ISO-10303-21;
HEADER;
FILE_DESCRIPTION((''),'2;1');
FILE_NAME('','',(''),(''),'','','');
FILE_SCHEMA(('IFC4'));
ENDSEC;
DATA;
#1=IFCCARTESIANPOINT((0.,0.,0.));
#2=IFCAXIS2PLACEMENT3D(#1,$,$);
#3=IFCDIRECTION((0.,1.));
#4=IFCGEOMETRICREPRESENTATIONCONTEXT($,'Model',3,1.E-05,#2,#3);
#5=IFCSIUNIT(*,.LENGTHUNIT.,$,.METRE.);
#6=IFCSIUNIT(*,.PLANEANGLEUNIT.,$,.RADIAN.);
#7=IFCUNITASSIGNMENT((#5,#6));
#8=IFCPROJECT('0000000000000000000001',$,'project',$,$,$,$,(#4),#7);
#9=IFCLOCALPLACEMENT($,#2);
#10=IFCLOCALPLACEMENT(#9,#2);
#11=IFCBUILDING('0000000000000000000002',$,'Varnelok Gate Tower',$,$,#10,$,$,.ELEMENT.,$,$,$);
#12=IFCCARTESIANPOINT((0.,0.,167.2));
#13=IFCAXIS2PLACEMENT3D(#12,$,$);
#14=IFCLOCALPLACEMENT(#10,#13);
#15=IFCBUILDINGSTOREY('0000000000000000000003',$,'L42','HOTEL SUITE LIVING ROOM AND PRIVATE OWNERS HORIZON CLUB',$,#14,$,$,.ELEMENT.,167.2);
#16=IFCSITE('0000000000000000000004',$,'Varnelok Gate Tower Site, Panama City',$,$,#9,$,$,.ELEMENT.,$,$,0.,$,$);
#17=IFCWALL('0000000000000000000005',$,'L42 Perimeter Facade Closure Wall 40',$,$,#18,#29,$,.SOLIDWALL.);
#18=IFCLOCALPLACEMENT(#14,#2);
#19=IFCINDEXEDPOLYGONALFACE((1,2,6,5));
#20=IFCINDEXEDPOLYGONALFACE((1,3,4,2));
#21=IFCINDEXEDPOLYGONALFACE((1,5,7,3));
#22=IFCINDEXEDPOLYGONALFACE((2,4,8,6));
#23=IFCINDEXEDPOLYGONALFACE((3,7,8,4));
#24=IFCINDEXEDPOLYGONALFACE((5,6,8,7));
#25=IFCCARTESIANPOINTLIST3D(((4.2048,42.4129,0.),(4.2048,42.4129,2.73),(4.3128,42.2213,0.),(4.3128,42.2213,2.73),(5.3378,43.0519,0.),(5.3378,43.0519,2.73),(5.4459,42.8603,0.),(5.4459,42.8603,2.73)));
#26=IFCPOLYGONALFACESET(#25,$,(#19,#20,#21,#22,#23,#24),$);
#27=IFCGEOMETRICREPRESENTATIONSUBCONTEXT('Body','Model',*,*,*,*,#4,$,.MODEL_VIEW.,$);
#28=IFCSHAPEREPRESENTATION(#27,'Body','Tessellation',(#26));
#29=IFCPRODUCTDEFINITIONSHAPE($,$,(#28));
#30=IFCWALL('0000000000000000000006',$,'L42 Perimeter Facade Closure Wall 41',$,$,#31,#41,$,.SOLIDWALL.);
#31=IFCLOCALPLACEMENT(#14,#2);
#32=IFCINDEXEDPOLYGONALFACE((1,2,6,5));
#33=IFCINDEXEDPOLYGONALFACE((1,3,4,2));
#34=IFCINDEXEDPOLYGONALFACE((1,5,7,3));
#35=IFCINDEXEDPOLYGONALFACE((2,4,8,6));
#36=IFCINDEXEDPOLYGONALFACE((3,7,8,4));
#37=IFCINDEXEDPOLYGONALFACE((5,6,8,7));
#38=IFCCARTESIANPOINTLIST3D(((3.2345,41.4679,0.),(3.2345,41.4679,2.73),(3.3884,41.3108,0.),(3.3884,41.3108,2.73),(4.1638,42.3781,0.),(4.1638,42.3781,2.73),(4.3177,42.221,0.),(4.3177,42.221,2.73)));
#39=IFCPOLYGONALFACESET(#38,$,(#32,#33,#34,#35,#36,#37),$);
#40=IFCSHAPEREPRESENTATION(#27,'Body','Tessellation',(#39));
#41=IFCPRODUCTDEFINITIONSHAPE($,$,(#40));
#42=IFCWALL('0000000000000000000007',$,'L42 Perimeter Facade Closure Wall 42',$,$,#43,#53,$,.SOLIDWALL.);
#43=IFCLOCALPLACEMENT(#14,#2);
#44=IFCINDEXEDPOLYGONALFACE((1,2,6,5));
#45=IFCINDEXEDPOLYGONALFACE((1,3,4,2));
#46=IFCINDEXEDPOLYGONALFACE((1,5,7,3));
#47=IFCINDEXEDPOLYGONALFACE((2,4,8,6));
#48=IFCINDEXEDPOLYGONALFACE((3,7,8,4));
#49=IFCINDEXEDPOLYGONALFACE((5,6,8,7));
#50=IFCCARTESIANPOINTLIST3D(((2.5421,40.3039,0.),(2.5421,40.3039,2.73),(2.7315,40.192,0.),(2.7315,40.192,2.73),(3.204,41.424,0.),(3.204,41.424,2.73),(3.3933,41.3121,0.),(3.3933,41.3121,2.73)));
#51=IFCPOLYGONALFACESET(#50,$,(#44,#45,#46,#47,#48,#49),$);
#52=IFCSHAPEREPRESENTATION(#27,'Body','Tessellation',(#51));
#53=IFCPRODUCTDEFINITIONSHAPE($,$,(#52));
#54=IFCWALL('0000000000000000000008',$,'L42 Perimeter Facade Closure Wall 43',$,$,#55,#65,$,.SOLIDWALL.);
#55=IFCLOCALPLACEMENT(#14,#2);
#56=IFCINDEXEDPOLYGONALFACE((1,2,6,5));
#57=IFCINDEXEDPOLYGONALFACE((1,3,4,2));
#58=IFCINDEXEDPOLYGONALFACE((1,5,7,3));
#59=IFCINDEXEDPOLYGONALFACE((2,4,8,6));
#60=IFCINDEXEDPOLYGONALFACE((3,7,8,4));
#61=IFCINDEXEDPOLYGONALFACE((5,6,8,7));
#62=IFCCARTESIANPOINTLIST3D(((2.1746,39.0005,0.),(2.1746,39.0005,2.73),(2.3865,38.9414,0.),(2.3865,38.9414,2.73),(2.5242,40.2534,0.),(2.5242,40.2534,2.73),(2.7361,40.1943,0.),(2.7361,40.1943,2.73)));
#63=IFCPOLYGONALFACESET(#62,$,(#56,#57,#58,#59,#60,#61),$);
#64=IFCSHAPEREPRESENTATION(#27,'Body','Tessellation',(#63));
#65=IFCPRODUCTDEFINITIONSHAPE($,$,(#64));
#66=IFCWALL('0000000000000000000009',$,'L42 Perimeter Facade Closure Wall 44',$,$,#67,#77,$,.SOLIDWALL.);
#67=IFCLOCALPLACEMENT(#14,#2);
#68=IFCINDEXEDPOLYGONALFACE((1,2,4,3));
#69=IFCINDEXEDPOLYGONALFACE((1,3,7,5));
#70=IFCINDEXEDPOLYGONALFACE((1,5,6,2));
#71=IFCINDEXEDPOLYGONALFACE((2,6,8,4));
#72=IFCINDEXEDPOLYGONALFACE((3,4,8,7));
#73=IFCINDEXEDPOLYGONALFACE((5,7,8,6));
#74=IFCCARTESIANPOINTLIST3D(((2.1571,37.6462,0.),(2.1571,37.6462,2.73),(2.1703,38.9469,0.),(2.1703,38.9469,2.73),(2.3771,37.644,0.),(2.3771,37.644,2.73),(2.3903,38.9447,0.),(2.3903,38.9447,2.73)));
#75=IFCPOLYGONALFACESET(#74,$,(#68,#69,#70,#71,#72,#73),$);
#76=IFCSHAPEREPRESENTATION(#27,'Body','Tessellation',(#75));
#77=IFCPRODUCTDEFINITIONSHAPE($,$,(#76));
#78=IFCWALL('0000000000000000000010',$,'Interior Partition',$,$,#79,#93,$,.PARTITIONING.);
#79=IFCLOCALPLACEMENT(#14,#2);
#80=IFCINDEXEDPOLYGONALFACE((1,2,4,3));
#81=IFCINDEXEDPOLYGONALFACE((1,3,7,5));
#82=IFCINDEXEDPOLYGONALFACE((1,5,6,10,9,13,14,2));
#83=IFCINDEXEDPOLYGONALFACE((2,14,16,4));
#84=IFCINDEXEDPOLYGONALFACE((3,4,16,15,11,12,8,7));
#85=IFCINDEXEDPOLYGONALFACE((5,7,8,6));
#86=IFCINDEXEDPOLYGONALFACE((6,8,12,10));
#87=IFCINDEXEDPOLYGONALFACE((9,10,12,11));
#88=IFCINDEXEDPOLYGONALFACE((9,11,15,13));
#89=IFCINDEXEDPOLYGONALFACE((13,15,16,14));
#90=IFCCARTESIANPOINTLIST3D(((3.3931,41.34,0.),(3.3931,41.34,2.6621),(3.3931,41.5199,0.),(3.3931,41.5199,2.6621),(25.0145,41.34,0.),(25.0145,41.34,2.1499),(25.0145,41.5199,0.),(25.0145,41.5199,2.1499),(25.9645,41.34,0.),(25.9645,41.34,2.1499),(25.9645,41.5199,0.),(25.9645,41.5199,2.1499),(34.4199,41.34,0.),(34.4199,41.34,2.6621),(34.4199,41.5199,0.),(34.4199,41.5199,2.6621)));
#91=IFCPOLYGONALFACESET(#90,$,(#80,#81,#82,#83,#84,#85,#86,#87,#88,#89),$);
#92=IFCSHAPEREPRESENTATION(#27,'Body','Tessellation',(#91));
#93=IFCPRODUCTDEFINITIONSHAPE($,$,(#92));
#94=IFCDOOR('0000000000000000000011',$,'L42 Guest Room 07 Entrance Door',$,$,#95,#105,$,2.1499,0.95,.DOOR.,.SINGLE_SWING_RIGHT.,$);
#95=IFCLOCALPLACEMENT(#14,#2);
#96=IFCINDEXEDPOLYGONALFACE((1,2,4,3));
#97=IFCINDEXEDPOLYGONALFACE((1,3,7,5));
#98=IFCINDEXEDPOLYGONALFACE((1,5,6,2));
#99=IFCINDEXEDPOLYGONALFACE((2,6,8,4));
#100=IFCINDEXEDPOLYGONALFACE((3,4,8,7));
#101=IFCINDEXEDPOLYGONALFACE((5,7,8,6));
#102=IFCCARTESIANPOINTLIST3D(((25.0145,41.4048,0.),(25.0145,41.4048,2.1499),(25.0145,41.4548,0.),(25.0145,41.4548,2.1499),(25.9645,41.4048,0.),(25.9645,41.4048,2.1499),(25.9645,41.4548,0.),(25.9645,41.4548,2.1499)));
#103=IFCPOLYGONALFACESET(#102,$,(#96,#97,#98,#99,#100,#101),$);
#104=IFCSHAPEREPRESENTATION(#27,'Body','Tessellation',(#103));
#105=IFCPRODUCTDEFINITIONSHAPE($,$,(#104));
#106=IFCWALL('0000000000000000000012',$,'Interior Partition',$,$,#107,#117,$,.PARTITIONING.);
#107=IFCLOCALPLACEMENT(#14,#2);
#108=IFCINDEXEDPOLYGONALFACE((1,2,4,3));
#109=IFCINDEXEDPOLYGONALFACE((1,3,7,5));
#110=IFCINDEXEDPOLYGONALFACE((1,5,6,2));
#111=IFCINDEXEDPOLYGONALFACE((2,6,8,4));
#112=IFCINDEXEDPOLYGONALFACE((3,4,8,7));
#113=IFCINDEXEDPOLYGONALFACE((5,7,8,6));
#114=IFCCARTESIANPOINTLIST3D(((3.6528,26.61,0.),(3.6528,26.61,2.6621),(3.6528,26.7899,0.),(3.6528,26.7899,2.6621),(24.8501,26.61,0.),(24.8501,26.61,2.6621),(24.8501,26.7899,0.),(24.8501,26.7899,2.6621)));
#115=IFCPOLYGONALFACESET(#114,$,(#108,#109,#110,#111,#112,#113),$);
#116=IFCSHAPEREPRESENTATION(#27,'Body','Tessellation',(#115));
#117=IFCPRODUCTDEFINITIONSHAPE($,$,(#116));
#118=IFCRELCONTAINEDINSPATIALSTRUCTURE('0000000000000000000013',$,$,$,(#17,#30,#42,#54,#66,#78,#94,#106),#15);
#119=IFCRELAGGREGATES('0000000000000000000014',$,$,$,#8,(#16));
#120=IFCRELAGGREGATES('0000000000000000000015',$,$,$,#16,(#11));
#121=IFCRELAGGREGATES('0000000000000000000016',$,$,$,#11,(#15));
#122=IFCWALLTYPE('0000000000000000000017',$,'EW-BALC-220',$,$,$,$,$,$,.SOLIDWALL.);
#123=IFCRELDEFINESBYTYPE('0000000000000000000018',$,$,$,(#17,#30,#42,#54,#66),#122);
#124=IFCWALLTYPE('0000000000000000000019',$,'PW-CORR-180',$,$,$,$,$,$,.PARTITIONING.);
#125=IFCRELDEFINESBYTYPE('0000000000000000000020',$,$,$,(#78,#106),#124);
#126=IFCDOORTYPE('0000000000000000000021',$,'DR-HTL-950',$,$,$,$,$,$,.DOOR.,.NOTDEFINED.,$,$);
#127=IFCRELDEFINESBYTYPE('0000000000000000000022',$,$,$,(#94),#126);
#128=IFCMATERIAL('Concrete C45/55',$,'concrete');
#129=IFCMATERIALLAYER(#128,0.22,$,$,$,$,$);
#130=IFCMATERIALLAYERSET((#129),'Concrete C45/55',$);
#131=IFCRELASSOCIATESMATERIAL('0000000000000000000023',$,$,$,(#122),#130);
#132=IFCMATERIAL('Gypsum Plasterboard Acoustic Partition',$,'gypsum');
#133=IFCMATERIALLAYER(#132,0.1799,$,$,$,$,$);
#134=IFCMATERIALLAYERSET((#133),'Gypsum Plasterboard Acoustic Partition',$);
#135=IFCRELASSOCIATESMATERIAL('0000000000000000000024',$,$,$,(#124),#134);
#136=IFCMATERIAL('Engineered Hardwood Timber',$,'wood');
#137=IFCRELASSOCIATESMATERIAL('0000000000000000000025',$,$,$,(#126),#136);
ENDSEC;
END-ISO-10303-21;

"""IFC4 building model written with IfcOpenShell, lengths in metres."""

from ifc_helpers import new_model, si_unit, direction, frame, frame_2d, origin, place, context, subcontext, project, spatial, rectangle, extrude, material, layer, layer_set, type_object, element, fill, save


model = new_model("IFC4")

# Units and contexts
model_context = context("Model", 3, precision=1e-05, world=origin(), true_north=direction((0.0, 1.0)))
body_context = subcontext(model_context, "Body", "Model", "MODEL_VIEW")
ifc_project = project(units=[si_unit("LENGTHUNIT", "METRE"), si_unit("PLANEANGLEUNIT", "RADIAN")], contexts=[model_context])

# Site, building, storey
site_placement = place(None, origin())
site = spatial("IfcSite", under=ifc_project, at=site_placement, Name="Varnelok Gate Tower Site, Panama City", CompositionType="ELEMENT", RefElevation=0.0)
building_placement = place(site_placement, origin())
building = spatial("IfcBuilding", under=site, at=building_placement, Name="Varnelok Gate Tower", CompositionType="ELEMENT")
storey_placement = place(building_placement, frame((0.0, 0.0, 167.2)))
storey = spatial("IfcBuildingStorey", under=building, at=storey_placement, Name="L42", Description="HOTEL SUITE LIVING ROOM AND PRIVATE OWNERS HORIZON CLUB", CompositionType="ELEMENT", Elevation=167.2)

# Walls
ifc_material_1 = material(Name="Concrete C45/55", Category="concrete")
ifc_layer_1 = layer(ifc_material_1, 0.22)
ifc_layer_set_1 = layer_set([ifc_layer_1], Name="Concrete C45/55")
wall_type_1 = type_object("IfcWallType", Name="EW-BALC-220", PredefinedType="SOLIDWALL", material=ifc_layer_set_1)
for number, where, z_axis, x_axis, name in (
    (1, (5.3918, 42.9561, 0.0), (0.0, 0.0, 1.0), (-0.871059, -0.491179, 0.0), "L42 Perimeter Facade Closure Wall 40"),
    (2, (4.2407, 42.2996, 0.0), (0.0, 0.0, 1.0), (-0.714389, -0.699749, 0.0), "L42 Perimeter Facade Closure Wall 41"),
):
    element("IfcWall", number, at=place(storey_placement, frame(where, z_axis=z_axis, x_axis=x_axis)), inside=storey, type_object=wall_type_1, Name=name, PredefinedType="SOLIDWALL", context=body_context, shape_type="SweptSolid", body=[
        extrude(rectangle(XDim=1.3008, YDim=0.22, at=frame_2d((0.6504, 0.0))), origin(), (0.0, 0.0, 1.0), 2.73),
    ])
wall_1_placement = place(storey_placement, frame((3.2986, 41.3679, 0.0), z_axis=(0.0, 0.0, 1.0), x_axis=(-0.508717, -0.860934, 0.0)))
element("IfcWall", 3, at=wall_1_placement, inside=storey, type_object=wall_type_1, Name="L42 Perimeter Facade Closure Wall 42", PredefinedType="SOLIDWALL", context=body_context, shape_type="SweptSolid", body=[
    extrude(rectangle(XDim=1.301, YDim=0.22, at=frame_2d((0.6504, 0.0))), origin(), (0.0, 0.0, 1.0), 2.73),
])
for number, where, z_axis, x_axis, name in (
    (4, (2.6301, 40.2239, 0.0), (0.0, 0.0, 1.0), (-0.268767, -0.963205, 0.0), "L42 Perimeter Facade Closure Wall 43"),
    (5, (2.2803, 38.9458, 0.0), (0.0, 0.0, 1.0), (-0.010135, -0.999949, 0.0), "L42 Perimeter Facade Closure Wall 44"),
):
    element("IfcWall", number, at=place(storey_placement, frame(where, z_axis=z_axis, x_axis=x_axis)), inside=storey, type_object=wall_type_1, Name=name, PredefinedType="SOLIDWALL", context=body_context, shape_type="SweptSolid", body=[
        extrude(rectangle(XDim=1.3008, YDim=0.22, at=frame_2d((0.6504, 0.0))), origin(), (0.0, 0.0, 1.0), 2.73),
    ])

# Wall, opening, door
ifc_material_2 = material(Name="Gypsum Plasterboard Acoustic Partition", Category="gypsum")
ifc_layer_2 = layer(ifc_material_2, 0.1799)
ifc_layer_set_2 = layer_set([ifc_layer_2], Name="Gypsum Plasterboard Acoustic Partition")
wall_type_2 = type_object("IfcWallType", Name="PW-CORR-180", PredefinedType="PARTITIONING", material=ifc_layer_set_2)
wall_2_placement = place(storey_placement, frame((3.3931, 41.4299, 0.0), z_axis=(0.0, 0.0, 1.0), x_axis=(1.0, 0.0, 0.0)))
wall_2 = element("IfcWall", 6, at=wall_2_placement, inside=storey, type_object=wall_type_2, Name="Interior Partition", PredefinedType="PARTITIONING", context=body_context, shape_type="SweptSolid", body=[
    extrude(rectangle(XDim=31.0269, YDim=0.1799, at=frame_2d((15.5134, 0.0))), origin(), (0.0, 0.0, 1.0), 2.6621),
])
opening_placement = place(wall_2_placement, frame((21.6213, 0.0, 0.0)))
opening = element("IfcOpeningElement", 7, at=opening_placement, cuts=wall_2, PredefinedType="OPENING", context=body_context, shape_type="SweptSolid", body=[
    extrude(rectangle(XDim=0.95, YDim=2.1499, at=frame_2d((0.4751, 1.075))), frame((0.0, 0.0999, 0.0), z_axis=(0.0, -1.0, 0.0), x_axis=(1.0, 0.0, 0.0)), (0.0, 0.0, 1.0), 0.2),
])
ifc_material_3 = material(Name="Engineered Hardwood Timber", Category="wood")
door_type = type_object("IfcDoorType", Name="DR-HTL-950", OperationType="NOTDEFINED", PredefinedType="DOOR", material=ifc_material_3)
door_placement = place(opening_placement, origin())
door = element("IfcDoor", 8, at=door_placement, inside=storey, type_object=door_type, Name="L42 Guest Room 07 Entrance Door", OperationType="SINGLE_SWING_RIGHT", OverallHeight=2.1499, OverallWidth=0.95, PredefinedType="DOOR", context=body_context, shape_type="SweptSolid", body=[
    extrude(rectangle(XDim=0.95, YDim=2.1499, at=frame_2d((0.4751, 1.075))), frame((0.0, 0.0249, 0.0), z_axis=(0.0, -1.0, 0.0), x_axis=(1.0, 0.0, 0.0)), (0.0, 0.0, 1.0), 0.05),
])
fill(opening, door)

# Wall
wall_3_placement = place(storey_placement, frame((3.6528, 26.7, 0.0), z_axis=(0.0, 0.0, 1.0), x_axis=(1.0, 0.0, 0.0)))
element("IfcWall", 9, at=wall_3_placement, inside=storey, type_object=wall_type_2, Name="Interior Partition", PredefinedType="PARTITIONING", context=body_context, shape_type="SweptSolid", body=[
    extrude(rectangle(XDim=21.1973, YDim=0.1799, at=frame_2d((10.5986, 0.0))), origin(), (0.0, 0.0, 1.0), 2.6621),
])

save(model, "model.ifc")
